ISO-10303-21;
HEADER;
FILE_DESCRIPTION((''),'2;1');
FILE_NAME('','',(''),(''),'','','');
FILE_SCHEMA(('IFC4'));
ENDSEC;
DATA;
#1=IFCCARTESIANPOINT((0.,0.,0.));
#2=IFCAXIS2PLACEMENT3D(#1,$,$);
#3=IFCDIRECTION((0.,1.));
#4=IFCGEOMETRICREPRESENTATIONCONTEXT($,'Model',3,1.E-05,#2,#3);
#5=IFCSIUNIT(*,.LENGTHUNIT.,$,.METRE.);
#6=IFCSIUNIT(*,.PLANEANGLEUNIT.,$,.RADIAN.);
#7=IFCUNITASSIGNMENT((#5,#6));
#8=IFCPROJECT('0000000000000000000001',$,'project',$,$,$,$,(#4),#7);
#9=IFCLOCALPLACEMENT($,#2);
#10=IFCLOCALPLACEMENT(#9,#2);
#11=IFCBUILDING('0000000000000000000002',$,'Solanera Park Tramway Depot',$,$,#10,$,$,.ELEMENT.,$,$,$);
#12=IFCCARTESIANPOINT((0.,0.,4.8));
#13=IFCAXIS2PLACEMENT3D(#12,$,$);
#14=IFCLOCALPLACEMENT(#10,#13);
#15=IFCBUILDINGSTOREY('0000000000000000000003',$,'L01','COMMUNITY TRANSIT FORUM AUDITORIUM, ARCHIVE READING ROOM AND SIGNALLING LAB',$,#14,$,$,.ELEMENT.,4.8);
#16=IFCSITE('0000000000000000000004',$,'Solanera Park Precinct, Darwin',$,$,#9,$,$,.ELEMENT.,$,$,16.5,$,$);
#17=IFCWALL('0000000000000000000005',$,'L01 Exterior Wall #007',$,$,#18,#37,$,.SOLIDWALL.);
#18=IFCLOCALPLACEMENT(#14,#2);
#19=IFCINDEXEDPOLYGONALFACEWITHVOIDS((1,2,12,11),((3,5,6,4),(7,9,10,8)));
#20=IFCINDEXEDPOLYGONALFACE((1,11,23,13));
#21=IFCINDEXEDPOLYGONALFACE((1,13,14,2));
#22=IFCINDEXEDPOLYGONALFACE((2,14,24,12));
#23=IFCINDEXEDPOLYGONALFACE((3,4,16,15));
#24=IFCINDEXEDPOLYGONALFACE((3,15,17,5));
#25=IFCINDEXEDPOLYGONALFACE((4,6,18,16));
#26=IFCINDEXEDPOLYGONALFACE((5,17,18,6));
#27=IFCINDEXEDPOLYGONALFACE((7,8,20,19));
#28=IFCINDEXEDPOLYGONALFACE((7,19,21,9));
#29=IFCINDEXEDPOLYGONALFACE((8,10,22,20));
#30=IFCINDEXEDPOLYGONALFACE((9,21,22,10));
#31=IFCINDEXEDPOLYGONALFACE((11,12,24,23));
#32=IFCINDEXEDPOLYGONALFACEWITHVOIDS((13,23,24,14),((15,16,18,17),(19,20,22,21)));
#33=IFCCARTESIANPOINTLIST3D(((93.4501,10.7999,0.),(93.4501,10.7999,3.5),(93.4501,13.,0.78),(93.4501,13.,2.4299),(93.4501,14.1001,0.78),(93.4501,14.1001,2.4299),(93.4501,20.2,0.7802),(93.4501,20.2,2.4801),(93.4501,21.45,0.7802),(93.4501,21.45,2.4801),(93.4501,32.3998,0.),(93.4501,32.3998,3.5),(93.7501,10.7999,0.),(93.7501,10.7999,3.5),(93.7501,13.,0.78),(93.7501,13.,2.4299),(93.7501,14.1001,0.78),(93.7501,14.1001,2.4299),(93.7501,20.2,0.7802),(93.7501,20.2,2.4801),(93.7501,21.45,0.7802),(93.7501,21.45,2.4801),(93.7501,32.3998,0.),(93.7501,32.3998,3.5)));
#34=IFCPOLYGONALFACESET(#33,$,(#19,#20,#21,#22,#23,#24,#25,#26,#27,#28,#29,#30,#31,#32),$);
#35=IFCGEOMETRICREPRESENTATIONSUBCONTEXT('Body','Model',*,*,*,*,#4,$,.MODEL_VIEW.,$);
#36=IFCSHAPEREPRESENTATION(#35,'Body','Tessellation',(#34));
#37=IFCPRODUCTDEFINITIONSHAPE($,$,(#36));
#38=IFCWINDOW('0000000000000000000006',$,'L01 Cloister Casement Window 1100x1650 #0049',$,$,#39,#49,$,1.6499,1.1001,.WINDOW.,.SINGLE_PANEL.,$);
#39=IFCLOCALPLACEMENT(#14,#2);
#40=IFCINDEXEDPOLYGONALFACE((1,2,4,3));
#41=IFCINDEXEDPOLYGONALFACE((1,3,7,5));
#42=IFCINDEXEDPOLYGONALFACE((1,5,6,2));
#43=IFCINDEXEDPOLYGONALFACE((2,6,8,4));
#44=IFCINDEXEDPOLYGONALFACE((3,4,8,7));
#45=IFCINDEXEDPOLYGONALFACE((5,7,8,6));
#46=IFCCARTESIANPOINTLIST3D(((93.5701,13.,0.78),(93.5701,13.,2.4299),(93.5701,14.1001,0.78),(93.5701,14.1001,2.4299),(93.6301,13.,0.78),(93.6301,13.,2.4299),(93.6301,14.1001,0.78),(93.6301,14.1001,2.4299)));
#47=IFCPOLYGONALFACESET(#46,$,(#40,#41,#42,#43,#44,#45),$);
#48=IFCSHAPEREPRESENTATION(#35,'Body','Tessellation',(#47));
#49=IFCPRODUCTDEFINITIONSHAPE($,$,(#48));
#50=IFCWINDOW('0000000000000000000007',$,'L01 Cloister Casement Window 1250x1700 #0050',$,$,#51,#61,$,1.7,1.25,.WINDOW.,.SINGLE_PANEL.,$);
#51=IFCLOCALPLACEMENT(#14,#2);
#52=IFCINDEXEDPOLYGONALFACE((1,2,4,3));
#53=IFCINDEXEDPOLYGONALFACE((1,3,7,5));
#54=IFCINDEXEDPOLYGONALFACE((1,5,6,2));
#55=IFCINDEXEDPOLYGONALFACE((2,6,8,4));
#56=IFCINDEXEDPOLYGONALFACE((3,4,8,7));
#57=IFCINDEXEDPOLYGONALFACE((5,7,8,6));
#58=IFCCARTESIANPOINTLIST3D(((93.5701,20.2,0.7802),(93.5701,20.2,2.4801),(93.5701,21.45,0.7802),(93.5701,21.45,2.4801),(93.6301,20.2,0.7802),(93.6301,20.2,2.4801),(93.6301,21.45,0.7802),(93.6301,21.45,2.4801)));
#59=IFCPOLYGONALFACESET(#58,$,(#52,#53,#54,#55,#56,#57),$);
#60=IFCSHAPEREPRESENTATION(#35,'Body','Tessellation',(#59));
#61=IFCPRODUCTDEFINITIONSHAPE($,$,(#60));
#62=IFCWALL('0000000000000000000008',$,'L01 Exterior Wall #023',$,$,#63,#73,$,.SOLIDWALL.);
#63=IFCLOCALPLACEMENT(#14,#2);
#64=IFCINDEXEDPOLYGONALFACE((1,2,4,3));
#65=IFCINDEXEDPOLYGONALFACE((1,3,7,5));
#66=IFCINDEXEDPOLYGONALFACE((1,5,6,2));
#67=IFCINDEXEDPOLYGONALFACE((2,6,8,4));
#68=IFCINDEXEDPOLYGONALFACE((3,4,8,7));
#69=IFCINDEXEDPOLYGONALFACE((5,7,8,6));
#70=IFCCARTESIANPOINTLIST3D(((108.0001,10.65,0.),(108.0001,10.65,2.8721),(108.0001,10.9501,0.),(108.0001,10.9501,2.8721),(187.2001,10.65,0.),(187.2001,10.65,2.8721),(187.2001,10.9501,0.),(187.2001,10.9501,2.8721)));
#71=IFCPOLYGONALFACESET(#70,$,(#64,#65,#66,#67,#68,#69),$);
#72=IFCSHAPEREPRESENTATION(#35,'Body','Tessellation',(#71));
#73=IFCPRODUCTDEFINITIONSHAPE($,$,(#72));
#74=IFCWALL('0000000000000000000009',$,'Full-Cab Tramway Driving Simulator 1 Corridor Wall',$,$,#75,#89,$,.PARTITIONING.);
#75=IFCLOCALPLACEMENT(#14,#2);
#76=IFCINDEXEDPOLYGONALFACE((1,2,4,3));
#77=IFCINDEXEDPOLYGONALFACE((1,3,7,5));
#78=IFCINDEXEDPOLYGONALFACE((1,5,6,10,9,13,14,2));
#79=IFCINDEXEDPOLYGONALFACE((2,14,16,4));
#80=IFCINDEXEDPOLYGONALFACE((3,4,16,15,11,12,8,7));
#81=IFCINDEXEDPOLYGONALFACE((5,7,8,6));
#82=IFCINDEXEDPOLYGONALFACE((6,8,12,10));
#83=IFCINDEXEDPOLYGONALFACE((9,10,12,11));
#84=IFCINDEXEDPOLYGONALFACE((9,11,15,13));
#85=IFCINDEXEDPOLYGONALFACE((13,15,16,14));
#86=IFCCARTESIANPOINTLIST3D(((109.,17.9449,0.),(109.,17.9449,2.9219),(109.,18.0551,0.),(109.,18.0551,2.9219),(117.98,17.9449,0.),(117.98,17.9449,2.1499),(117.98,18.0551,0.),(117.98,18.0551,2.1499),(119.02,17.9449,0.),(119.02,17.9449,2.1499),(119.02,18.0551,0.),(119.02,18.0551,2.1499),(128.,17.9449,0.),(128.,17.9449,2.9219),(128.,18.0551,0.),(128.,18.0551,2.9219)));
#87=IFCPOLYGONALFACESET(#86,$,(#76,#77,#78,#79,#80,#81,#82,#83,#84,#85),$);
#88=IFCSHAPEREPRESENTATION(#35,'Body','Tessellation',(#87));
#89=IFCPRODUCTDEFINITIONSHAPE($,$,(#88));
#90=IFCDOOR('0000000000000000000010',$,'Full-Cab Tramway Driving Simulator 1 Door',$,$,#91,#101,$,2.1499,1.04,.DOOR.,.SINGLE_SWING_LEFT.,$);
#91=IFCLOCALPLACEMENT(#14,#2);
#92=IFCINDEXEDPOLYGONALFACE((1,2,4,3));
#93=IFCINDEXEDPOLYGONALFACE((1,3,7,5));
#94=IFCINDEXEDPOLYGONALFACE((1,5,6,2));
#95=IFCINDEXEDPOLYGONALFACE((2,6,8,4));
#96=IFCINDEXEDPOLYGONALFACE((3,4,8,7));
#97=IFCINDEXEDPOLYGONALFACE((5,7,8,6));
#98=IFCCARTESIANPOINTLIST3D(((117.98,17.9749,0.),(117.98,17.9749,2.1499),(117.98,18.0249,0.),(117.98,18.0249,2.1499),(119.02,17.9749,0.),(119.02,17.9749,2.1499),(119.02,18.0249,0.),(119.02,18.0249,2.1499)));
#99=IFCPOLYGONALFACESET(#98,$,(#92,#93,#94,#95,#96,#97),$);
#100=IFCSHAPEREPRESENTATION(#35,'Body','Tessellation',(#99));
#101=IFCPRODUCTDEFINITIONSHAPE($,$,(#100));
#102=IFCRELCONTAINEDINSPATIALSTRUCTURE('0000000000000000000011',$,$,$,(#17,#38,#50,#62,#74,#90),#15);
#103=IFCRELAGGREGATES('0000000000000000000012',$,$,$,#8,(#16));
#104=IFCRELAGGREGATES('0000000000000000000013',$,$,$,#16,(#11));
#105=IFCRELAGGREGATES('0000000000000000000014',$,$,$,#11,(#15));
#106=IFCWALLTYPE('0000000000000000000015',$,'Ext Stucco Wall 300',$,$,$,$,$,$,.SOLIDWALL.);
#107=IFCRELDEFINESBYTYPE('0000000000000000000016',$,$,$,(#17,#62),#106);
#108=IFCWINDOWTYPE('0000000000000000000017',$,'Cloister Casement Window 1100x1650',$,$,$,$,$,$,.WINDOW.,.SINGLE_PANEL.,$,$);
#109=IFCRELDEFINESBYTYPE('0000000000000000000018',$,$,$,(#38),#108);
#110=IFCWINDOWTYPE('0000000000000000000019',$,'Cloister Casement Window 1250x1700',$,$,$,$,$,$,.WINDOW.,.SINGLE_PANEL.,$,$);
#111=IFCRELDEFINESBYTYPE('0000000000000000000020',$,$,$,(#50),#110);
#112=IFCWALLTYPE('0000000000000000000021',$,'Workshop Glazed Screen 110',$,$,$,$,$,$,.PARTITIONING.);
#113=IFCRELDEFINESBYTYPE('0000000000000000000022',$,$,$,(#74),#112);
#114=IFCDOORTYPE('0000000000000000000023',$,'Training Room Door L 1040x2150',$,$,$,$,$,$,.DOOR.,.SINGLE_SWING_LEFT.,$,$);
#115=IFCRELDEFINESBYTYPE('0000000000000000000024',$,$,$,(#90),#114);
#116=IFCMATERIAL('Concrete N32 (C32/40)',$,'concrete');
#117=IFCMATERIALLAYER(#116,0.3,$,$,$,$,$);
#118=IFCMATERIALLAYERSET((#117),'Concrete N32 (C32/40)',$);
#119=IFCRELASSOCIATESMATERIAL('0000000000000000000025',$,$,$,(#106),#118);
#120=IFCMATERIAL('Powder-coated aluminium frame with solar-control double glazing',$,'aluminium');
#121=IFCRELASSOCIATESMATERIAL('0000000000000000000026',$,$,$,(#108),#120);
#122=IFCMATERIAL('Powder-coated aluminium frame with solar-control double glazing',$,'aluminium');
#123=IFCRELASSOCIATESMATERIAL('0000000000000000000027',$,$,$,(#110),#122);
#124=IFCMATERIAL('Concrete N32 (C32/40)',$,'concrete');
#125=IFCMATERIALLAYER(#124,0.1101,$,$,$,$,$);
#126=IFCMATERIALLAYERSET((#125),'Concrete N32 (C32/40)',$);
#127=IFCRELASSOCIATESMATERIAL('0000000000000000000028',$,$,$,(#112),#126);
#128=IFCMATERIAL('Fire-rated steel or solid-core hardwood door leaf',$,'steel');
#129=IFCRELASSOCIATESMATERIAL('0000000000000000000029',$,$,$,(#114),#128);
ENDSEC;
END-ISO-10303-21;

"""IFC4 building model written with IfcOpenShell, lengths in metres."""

from ifc_helpers import new_model, si_unit, direction, frame, frame_2d, origin, place, context, subcontext, project, spatial, rectangle, extrude, material, layer, layer_set, type_object, element, fill, save


model = new_model("IFC4")

# Units and contexts
model_context = context("Model", 3, precision=1e-05, world=origin(), true_north=direction((0.0, 1.0)))
body_context = subcontext(model_context, "Body", "Model", "MODEL_VIEW")
ifc_project = project(units=[si_unit("LENGTHUNIT", "METRE"), si_unit("PLANEANGLEUNIT", "RADIAN")], contexts=[model_context])

# Site, building, storey
site_placement = place(None, origin())
site = spatial("IfcSite", under=ifc_project, at=site_placement, Name="Solanera Park Precinct, Darwin", CompositionType="ELEMENT", RefElevation=16.5)
building_placement = place(site_placement, origin())
building = spatial("IfcBuilding", under=site, at=building_placement, Name="Solanera Park Tramway Depot", CompositionType="ELEMENT")
storey_placement = place(building_placement, frame((0.0, 0.0, 4.8)))
storey = spatial("IfcBuildingStorey", under=building, at=storey_placement, Name="L01", Description="COMMUNITY TRANSIT FORUM AUDITORIUM, ARCHIVE READING ROOM AND SIGNALLING LAB", CompositionType="ELEMENT", Elevation=4.8)

# Wall, openings, windows
ifc_material_1 = material(Name="Concrete N32 (C32/40)", Category="concrete")
ifc_layer_1 = layer(ifc_material_1, 0.3)
ifc_layer_set_1 = layer_set([ifc_layer_1], Name="Concrete N32 (C32/40)")
wall_type_1 = type_object("IfcWallType", Name="Ext Stucco Wall 300", PredefinedType="SOLIDWALL", material=ifc_layer_set_1)
wall_1_placement = place(storey_placement, frame((93.6001, 10.8, 0.0), z_axis=(0.0, 0.0, 1.0), x_axis=(0.0, 1.0, 0.0)))
wall_1 = element("IfcWall", 1, at=wall_1_placement, inside=storey, type_object=wall_type_1, Name="L01 Exterior Wall #007", PredefinedType="SOLIDWALL", context=body_context, shape_type="SweptSolid", body=[
    extrude(rectangle(XDim=21.5999, YDim=0.3, at=frame_2d((10.7998, 0.0))), origin(), (0.0, 0.0, 1.0), 3.5),
])
opening_1_placement = place(wall_1_placement, frame((2.2, 0.0, 0.78)))
opening_1 = element("IfcOpeningElement", 2, at=opening_1_placement, cuts=wall_1, PredefinedType="OPENING", context=body_context, shape_type="SweptSolid", body=[
    extrude(rectangle(XDim=1.1001, YDim=1.6499, at=frame_2d((0.55, 0.825))), frame((0.0, 0.1602, 0.0), z_axis=(0.0, -1.0, 0.0), x_axis=(1.0, 0.0, 0.0)), (0.0, 0.0, 1.0), 0.3201),
])
opening_2_placement = place(wall_1_placement, frame((9.3999, 0.0, 0.78)))
opening_2 = element("IfcOpeningElement", 3, at=opening_2_placement, cuts=wall_1, PredefinedType="OPENING", context=body_context, shape_type="SweptSolid", body=[
    extrude(rectangle(XDim=1.25, YDim=1.7, at=frame_2d((0.625, 0.8501))), frame((0.0, 0.1602, 0.0), z_axis=(0.0, -1.0, 0.0), x_axis=(1.0, 0.0, 0.0)), (0.0, 0.0, 1.0), 0.3201),
])
ifc_material_2 = material(Name="Powder-coated aluminium frame with solar-control double glazing", Category="aluminium")
window_type_1 = type_object("IfcWindowType", Name="Cloister Casement Window 1100x1650", PartitioningType="SINGLE_PANEL", PredefinedType="WINDOW", material=ifc_material_2)
window_1_placement = place(opening_1_placement, origin())
window_1 = element("IfcWindow", 4, at=window_1_placement, inside=storey, type_object=window_type_1, Name="L01 Cloister Casement Window 1100x1650 #0049", OverallHeight=1.6499, OverallWidth=1.1001, PartitioningType="SINGLE_PANEL", PredefinedType="WINDOW", context=body_context, shape_type="SweptSolid", body=[
    extrude(rectangle(XDim=1.1001, YDim=1.6499, at=frame_2d((0.55, 0.825))), frame((0.0, 0.03, 0.0), z_axis=(0.0, -1.0, 0.0), x_axis=(1.0, 0.0, 0.0)), (0.0, 0.0, 1.0), 0.0601),
])
fill(opening_1, window_1)
ifc_material_3 = material(Name="Powder-coated aluminium frame with solar-control double glazing", Category="aluminium")
window_type_2 = type_object("IfcWindowType", Name="Cloister Casement Window 1250x1700", PartitioningType="SINGLE_PANEL", PredefinedType="WINDOW", material=ifc_material_3)
window_2_placement = place(opening_2_placement, origin())
window_2 = element("IfcWindow", 5, at=window_2_placement, inside=storey, type_object=window_type_2, Name="L01 Cloister Casement Window 1250x1700 #0050", OverallHeight=1.7, OverallWidth=1.25, PartitioningType="SINGLE_PANEL", PredefinedType="WINDOW", context=body_context, shape_type="SweptSolid", body=[
    extrude(rectangle(XDim=1.25, YDim=1.7, at=frame_2d((0.625, 0.8501))), frame((0.0, 0.03, 0.0), z_axis=(0.0, -1.0, 0.0), x_axis=(1.0, 0.0, 0.0)), (0.0, 0.0, 1.0), 0.0601),
])
fill(opening_2, window_2)

# Wall
wall_2_placement = place(storey_placement, frame((108.0, 10.8, 0.0), z_axis=(0.0, 0.0, 1.0), x_axis=(1.0, 0.0, 0.0)))
element("IfcWall", 6, at=wall_2_placement, inside=storey, type_object=wall_type_1, Name="L01 Exterior Wall #023", PredefinedType="SOLIDWALL", context=body_context, shape_type="SweptSolid", body=[
    extrude(rectangle(XDim=79.2, YDim=0.3, at=frame_2d((39.6001, 0.0))), origin(), (0.0, 0.0, 1.0), 2.8721),
])

# Wall, opening, door
ifc_material_4 = material(Name="Concrete N32 (C32/40)", Category="concrete")
ifc_layer_2 = layer(ifc_material_4, 0.1101)
ifc_layer_set_2 = layer_set([ifc_layer_2], Name="Concrete N32 (C32/40)")
wall_type_2 = type_object("IfcWallType", Name="Workshop Glazed Screen 110", PredefinedType="PARTITIONING", material=ifc_layer_set_2)
wall_3_placement = place(storey_placement, frame((109.0, 18.0, 0.0), z_axis=(0.0, 0.0, 1.0), x_axis=(1.0, 0.0, 0.0)))
wall_3 = element("IfcWall", 7, at=wall_3_placement, inside=storey, type_object=wall_type_2, Name="Full-Cab Tramway Driving Simulator 1 Corridor Wall", PredefinedType="PARTITIONING", context=body_context, shape_type="SweptSolid", body=[
    extrude(rectangle(XDim=19.0, YDim=0.1101, at=frame_2d((9.5, 0.0))), origin(), (0.0, 0.0, 1.0), 2.9219),
])
opening_3_placement = place(wall_3_placement, frame((8.98, 0.0, 0.0)))
opening_3 = element("IfcOpeningElement", 8, at=opening_3_placement, cuts=wall_3, PredefinedType="OPENING", context=body_context, shape_type="SweptSolid", body=[
    extrude(rectangle(XDim=1.04, YDim=2.1499, at=frame_2d((0.52, 1.075))), frame((0.0, 0.0649, 0.0), z_axis=(0.0, -1.0, 0.0), x_axis=(1.0, 0.0, 0.0)), (0.0, 0.0, 1.0), 0.1301),
])
ifc_material_5 = material(Name="Fire-rated steel or solid-core hardwood door leaf", Category="steel")
door_type = type_object("IfcDoorType", Name="Training Room Door L 1040x2150", OperationType="SINGLE_SWING_LEFT", PredefinedType="DOOR", material=ifc_material_5)
door_placement = place(opening_3_placement, origin())
door = element("IfcDoor", 9, at=door_placement, inside=storey, type_object=door_type, Name="Full-Cab Tramway Driving Simulator 1 Door", OperationType="SINGLE_SWING_LEFT", OverallHeight=2.1499, OverallWidth=1.04, PredefinedType="DOOR", context=body_context, shape_type="SweptSolid", body=[
    extrude(rectangle(XDim=1.04, YDim=2.1499, at=frame_2d((0.52, 1.075))), frame((0.0, 0.0249, 0.0), z_axis=(0.0, -1.0, 0.0), x_axis=(1.0, 0.0, 0.0)), (0.0, 0.0, 1.0), 0.05),
])
fill(opening_3, door)

save(model, "model.ifc")
